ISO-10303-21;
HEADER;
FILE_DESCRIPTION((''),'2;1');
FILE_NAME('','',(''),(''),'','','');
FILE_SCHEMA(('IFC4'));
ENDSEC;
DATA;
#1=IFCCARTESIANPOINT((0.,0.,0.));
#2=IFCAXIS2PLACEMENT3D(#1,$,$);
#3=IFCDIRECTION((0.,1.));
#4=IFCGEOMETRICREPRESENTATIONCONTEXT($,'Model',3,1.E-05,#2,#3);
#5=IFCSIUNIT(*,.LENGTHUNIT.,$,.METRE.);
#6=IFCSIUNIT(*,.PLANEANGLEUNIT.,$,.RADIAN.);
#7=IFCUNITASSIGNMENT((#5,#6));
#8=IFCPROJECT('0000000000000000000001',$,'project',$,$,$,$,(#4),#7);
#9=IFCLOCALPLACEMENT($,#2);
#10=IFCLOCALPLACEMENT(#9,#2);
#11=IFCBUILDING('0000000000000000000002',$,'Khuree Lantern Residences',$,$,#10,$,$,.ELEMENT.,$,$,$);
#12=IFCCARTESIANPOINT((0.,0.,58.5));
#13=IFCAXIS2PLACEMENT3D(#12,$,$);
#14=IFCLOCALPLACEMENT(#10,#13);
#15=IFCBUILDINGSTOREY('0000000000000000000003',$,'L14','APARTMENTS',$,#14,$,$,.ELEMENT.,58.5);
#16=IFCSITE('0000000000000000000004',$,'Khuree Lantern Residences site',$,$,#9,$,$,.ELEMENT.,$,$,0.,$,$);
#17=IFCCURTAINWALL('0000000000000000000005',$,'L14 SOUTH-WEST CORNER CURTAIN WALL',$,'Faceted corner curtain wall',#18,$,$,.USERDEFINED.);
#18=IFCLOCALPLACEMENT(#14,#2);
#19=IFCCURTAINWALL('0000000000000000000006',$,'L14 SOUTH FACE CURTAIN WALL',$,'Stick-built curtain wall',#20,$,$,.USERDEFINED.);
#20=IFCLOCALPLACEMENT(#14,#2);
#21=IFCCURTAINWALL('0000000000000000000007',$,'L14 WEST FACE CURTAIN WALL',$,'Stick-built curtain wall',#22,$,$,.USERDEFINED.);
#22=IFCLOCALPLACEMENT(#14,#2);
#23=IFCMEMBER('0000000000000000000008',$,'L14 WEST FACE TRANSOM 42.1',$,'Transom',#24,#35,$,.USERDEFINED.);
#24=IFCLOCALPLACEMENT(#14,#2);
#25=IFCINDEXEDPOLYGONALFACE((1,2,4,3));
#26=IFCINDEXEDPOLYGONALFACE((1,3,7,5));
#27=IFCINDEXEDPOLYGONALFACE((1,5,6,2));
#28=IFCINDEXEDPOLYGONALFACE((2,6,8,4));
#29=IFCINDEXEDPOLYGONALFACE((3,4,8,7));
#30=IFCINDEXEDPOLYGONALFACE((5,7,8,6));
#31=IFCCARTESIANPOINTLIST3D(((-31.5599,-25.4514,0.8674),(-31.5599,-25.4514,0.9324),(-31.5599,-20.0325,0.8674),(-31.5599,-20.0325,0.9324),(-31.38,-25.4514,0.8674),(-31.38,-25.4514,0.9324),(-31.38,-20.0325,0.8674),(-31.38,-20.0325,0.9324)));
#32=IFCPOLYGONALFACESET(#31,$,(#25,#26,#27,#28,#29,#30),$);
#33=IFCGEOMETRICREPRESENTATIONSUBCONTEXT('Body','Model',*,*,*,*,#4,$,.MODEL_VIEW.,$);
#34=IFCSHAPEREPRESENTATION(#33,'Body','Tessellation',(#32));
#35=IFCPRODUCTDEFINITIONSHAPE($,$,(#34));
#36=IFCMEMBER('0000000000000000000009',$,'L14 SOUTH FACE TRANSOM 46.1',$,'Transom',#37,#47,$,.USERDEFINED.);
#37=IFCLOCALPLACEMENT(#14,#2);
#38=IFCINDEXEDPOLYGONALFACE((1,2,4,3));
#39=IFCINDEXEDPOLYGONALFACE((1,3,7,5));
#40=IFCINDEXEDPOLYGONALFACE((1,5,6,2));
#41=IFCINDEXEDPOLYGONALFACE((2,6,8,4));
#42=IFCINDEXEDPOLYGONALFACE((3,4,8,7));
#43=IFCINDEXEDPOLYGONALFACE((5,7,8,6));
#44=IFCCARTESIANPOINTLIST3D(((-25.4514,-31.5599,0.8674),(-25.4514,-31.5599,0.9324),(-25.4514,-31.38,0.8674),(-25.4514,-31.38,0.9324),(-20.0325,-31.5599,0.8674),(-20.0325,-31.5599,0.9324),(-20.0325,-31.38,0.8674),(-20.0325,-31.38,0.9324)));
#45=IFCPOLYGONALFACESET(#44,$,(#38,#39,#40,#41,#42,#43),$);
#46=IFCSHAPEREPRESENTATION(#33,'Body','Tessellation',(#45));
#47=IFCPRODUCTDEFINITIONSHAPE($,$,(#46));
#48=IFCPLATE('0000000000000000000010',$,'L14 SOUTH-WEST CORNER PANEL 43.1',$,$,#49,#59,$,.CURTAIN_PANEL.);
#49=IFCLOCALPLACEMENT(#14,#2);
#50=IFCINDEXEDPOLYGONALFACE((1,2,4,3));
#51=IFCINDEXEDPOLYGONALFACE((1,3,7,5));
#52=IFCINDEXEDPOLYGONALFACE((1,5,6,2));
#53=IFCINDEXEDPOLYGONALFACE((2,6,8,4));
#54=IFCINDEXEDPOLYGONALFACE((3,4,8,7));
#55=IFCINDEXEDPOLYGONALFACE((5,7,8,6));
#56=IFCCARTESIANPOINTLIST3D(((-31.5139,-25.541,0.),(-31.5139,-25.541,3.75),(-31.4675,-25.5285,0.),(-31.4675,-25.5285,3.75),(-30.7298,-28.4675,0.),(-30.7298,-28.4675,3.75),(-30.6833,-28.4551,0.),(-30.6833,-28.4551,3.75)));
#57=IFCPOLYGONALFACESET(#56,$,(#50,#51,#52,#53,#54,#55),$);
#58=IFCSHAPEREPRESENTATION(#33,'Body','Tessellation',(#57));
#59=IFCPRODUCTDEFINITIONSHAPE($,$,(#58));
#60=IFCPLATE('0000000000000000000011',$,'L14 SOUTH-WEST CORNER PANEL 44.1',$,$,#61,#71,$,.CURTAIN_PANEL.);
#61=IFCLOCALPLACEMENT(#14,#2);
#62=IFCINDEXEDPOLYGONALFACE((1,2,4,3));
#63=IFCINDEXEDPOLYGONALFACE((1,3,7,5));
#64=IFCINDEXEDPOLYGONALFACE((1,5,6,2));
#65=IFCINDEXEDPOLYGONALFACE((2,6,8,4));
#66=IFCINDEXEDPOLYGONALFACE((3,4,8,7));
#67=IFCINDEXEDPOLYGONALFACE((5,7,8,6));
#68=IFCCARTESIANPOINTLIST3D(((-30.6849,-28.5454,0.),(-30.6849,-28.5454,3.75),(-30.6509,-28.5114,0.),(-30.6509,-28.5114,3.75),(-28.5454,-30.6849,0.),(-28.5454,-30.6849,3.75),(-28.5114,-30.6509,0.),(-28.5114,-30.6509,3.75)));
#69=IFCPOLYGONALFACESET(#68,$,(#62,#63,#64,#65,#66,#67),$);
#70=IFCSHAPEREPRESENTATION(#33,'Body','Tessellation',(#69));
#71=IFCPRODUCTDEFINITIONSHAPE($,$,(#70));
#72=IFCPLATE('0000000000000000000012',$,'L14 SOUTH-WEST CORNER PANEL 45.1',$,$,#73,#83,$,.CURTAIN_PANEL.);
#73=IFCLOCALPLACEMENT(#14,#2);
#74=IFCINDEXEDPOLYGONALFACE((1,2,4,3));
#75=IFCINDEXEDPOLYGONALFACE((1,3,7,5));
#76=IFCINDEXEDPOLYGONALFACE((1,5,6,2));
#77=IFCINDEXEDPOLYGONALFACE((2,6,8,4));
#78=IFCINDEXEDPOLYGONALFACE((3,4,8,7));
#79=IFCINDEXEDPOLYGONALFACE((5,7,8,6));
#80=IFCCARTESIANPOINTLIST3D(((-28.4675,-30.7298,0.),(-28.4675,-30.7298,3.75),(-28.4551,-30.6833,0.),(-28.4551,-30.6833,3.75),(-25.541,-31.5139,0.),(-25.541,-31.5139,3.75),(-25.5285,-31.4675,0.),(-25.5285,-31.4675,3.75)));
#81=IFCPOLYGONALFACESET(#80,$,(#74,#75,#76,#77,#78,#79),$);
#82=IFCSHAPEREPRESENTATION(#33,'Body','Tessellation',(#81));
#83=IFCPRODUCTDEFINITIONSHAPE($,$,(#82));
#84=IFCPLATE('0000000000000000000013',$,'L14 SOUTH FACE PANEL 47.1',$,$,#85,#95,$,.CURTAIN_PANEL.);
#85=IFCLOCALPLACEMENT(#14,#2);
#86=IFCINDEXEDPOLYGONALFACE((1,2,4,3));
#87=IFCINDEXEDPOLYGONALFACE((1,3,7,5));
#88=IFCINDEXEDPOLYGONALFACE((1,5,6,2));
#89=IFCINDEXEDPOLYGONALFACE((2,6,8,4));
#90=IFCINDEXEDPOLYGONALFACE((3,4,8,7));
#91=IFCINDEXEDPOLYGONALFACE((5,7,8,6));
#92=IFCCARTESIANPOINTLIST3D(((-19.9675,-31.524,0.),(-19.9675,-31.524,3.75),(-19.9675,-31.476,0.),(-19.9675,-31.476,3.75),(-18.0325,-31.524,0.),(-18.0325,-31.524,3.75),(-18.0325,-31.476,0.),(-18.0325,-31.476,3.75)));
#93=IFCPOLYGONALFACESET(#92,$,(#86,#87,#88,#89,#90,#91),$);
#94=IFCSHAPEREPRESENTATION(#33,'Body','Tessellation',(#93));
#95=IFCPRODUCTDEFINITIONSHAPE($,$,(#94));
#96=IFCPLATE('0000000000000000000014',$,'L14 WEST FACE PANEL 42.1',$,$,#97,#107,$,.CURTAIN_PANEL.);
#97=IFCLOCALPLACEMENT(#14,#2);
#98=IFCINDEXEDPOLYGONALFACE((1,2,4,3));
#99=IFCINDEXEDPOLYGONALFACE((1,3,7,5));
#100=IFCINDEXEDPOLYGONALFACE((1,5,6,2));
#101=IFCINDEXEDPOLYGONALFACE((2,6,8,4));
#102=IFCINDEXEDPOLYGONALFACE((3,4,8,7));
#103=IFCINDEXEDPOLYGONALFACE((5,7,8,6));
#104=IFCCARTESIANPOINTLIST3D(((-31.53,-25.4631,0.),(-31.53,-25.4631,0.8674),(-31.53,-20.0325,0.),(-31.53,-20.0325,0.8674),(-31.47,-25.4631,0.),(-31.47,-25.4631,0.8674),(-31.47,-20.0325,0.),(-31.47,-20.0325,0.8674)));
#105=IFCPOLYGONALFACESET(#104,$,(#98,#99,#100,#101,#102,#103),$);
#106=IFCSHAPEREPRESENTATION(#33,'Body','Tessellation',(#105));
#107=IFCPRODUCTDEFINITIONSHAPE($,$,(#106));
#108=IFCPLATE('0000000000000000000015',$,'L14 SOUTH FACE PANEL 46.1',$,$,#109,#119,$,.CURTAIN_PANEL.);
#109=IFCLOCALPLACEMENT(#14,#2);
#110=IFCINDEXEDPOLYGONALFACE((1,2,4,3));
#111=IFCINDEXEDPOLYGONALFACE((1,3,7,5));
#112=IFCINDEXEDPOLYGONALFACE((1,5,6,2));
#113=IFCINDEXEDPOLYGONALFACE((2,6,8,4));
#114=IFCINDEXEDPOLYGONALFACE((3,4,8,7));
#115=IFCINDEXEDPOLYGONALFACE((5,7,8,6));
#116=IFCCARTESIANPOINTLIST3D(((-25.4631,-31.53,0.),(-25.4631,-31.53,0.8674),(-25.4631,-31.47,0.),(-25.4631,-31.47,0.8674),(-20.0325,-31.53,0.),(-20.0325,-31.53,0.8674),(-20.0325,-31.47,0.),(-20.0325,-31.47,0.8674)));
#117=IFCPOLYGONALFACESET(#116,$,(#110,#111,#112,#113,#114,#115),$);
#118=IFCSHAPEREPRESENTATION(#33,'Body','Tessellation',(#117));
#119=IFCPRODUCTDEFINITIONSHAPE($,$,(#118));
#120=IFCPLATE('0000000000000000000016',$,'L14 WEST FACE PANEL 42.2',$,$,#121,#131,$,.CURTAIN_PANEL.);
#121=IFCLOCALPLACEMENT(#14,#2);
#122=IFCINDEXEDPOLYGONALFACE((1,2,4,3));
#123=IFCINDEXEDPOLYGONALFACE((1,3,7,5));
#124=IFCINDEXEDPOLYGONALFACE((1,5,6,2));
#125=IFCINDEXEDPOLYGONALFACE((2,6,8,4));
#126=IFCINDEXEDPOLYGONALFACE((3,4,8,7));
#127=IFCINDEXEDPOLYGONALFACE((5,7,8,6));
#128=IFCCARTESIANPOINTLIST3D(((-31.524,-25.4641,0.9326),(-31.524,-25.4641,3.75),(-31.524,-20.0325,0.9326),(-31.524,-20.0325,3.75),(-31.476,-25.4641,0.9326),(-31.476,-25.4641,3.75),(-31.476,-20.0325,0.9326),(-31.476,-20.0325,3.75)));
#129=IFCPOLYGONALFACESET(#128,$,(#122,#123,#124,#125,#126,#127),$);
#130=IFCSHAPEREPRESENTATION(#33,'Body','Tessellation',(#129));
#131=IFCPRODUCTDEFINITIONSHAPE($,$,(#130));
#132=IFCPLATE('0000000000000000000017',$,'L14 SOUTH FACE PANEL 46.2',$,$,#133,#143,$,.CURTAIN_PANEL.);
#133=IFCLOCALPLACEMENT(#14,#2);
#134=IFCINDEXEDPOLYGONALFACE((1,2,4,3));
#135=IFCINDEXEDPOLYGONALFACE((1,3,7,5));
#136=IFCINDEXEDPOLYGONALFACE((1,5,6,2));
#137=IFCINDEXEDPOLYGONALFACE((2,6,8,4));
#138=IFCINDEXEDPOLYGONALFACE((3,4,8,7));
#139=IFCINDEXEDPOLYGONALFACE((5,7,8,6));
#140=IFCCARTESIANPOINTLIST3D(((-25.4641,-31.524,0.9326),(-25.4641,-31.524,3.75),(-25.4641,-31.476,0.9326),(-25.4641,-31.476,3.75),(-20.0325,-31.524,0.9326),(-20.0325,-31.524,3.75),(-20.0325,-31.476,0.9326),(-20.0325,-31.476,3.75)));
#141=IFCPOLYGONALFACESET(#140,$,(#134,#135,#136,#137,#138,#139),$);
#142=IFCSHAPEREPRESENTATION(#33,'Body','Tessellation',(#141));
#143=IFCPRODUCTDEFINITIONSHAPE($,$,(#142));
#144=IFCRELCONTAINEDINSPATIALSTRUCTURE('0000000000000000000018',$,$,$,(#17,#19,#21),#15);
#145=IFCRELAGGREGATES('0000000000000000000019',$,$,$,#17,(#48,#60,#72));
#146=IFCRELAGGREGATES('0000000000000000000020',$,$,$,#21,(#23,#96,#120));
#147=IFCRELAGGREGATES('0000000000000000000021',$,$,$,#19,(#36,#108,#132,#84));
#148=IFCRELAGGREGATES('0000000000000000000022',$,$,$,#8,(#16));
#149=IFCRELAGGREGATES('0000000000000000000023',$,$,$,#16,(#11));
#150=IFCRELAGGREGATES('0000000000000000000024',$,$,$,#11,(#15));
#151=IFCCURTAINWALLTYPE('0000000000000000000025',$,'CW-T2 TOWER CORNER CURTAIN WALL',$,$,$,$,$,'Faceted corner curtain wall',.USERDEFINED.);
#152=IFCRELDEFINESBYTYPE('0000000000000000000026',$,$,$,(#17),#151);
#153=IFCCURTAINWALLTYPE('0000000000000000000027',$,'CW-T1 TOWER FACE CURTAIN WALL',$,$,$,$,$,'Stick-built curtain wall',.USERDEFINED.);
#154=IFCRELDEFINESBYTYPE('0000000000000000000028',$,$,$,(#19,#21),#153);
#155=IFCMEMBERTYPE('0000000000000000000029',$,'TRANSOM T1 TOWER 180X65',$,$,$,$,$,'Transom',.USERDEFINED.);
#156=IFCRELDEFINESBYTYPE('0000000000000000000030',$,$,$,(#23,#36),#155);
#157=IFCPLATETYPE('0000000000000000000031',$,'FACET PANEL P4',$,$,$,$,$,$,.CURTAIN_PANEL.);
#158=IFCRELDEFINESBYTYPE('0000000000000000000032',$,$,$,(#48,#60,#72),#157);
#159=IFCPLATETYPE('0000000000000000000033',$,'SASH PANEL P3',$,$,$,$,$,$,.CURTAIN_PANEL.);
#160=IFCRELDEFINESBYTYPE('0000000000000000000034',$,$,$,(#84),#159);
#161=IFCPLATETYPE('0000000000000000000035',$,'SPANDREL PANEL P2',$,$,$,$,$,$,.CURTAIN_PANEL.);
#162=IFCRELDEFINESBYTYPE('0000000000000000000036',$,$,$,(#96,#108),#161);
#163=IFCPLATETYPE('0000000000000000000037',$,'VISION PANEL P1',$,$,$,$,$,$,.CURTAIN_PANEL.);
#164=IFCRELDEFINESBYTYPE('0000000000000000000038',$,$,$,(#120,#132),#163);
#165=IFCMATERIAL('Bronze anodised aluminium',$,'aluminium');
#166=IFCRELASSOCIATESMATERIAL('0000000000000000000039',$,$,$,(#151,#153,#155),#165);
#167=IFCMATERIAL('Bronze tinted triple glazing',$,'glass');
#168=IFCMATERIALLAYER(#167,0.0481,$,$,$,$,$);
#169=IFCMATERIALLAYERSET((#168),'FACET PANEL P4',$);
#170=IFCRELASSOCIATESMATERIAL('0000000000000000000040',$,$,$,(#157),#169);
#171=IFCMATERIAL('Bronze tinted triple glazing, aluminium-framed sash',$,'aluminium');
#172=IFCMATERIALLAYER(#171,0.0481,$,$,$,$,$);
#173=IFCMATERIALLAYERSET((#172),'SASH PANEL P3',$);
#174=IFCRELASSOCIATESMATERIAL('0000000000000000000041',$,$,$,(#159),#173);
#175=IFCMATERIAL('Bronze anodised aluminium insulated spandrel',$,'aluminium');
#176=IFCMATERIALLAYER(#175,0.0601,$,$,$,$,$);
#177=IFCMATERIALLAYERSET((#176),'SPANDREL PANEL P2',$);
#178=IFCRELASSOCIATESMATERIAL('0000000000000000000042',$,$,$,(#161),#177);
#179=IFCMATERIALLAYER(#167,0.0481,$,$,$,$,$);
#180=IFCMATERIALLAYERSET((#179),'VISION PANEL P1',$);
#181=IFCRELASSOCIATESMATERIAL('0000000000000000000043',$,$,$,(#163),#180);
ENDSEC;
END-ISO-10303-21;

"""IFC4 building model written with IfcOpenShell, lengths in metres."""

from ifc_helpers import new_model, si_unit, direction, frame, origin, origin_2d, place, context, subcontext, project, spatial, rectangle, extrude, material, layer, layer_set, material_profile, profile_set, type_object, element, aggregate, save


model = new_model("IFC4")

# Units and contexts
model_context = context("Model", 3, precision=1e-05, world=origin(), true_north=direction((0.0, 1.0)))
body_context = subcontext(model_context, "Body", "Model", "MODEL_VIEW")
ifc_project = project(units=[si_unit("LENGTHUNIT", "METRE"), si_unit("PLANEANGLEUNIT", "RADIAN")], contexts=[model_context])

# Site, building, storey
site_placement = place(None, origin())
site = spatial("IfcSite", under=ifc_project, at=site_placement, Name="Khuree Lantern Residences site", CompositionType="ELEMENT", RefElevation=0.0)
building_placement = place(site_placement, origin())
building = spatial("IfcBuilding", under=site, at=building_placement, Name="Khuree Lantern Residences", CompositionType="ELEMENT")
storey_placement = place(building_placement, frame((0.0, 0.0, 58.5)))
storey = spatial("IfcBuildingStorey", under=building, at=storey_placement, Name="L14", Description="APARTMENTS", CompositionType="ELEMENT", Elevation=58.5)

# Curtain walls
ifc_material_1 = material(Name="Bronze anodised aluminium", Category="aluminium")
curtain_wall_type_1 = type_object("IfcCurtainWallType", Name="CW-T2 TOWER CORNER CURTAIN WALL", ElementType="Faceted corner curtain wall", PredefinedType="USERDEFINED", material=ifc_material_1)
curtain_wall_1_placement = place(storey_placement, origin())
curtain_wall_1 = element("IfcCurtainWall", 1, at=curtain_wall_1_placement, inside=storey, type_object=curtain_wall_type_1, Name="L14 SOUTH-WEST CORNER CURTAIN WALL", ObjectType="Faceted corner curtain wall", PredefinedType="USERDEFINED")
curtain_wall_type_2 = type_object("IfcCurtainWallType", Name="CW-T1 TOWER FACE CURTAIN WALL", ElementType="Stick-built curtain wall", PredefinedType="USERDEFINED", material=ifc_material_1)
curtain_wall_2_placement = place(storey_placement, origin())
curtain_wall_2 = element("IfcCurtainWall", 2, at=curtain_wall_2_placement, inside=storey, type_object=curtain_wall_type_2, Name="L14 SOUTH FACE CURTAIN WALL", ObjectType="Stick-built curtain wall", PredefinedType="USERDEFINED")

# Curtain wall, member
curtain_wall_3_placement = place(storey_placement, origin())
curtain_wall_3 = element("IfcCurtainWall", 3, at=curtain_wall_3_placement, inside=storey, type_object=curtain_wall_type_2, Name="L14 WEST FACE CURTAIN WALL", ObjectType="Stick-built curtain wall", PredefinedType="USERDEFINED")
ifc_material_profile_1 = material_profile(ifc_material_1, rectangle(XDim=0.1799, YDim=0.0649, at=origin_2d()), Name="T1 180X65")
ifc_profile_set_1 = profile_set([ifc_material_profile_1], Name="Bronze anodised aluminium")
member_type_1 = type_object("IfcMemberType", Name="TRANSOM T1 TOWER 180X65", ElementType="Transom", PredefinedType="USERDEFINED", material=ifc_profile_set_1)
member_1_placement = place(storey_placement, frame((-31.47, -20.0325, 0.8999), z_axis=(0.0, -1.0, 0.0), x_axis=(1.0, 0.0, 0.0)))
member_1 = element("IfcMember", 4, at=member_1_placement, type_object=member_type_1, Name="L14 WEST FACE TRANSOM 42.1", ObjectType="Transom", PredefinedType="USERDEFINED", context=body_context, shape_type="SweptSolid", body=[
    extrude(rectangle(XDim=0.1799, YDim=0.0649, at=origin_2d()), origin(), (0.0, 0.0, 1.0), 5.4189),
])

# Member
member_2_placement = place(storey_placement, frame((-25.4514, -31.47, 0.8999), z_axis=(1.0, 0.0, 0.0), x_axis=(0.0, 1.0, 0.0)))
member_2 = element("IfcMember", 5, at=member_2_placement, type_object=member_type_1, Name="L14 SOUTH FACE TRANSOM 46.1", ObjectType="Transom", PredefinedType="USERDEFINED", context=body_context, shape_type="SweptSolid", body=[
    extrude(rectangle(XDim=0.1799, YDim=0.0649, at=origin_2d()), origin(), (0.0, 0.0, 1.0), 5.4189),
])

# Plates
ifc_material_2 = material(Name="Bronze tinted triple glazing", Category="glass")
ifc_layer_1 = layer(ifc_material_2, 0.0481)
ifc_layer_set_1 = layer_set([ifc_layer_1], Name="FACET PANEL P4")
plate_type_1 = type_object("IfcPlateType", Name="FACET PANEL P4", PredefinedType="CURTAIN_PANEL", material=ifc_layer_set_1)
plate_1_placement = place(storey_placement, frame((-31.0986, -26.998, 0.0), z_axis=(0.0, 0.0, 1.0), x_axis=(0.258819, -0.965926, 0.0)))
plate_1 = element("IfcPlate", 6, at=plate_1_placement, type_object=plate_type_1, Name="L14 SOUTH-WEST CORNER PANEL 43.1", PredefinedType="CURTAIN_PANEL", context=body_context, shape_type="SweptSolid", body=[
    extrude(rectangle(XDim=3.0298, YDim=0.0481, at=origin_2d()), origin(), (0.0, 0.0, 1.0), 3.75),
])
plate_2_placement = place(storey_placement, frame((-29.5981, -29.5981, 0.0), z_axis=(0.0, 0.0, 1.0), x_axis=(0.707107, -0.707107, 0.0)))
plate_2 = element("IfcPlate", 7, at=plate_2_placement, type_object=plate_type_1, Name="L14 SOUTH-WEST CORNER PANEL 44.1", PredefinedType="CURTAIN_PANEL", context=body_context, shape_type="SweptSolid", body=[
    extrude(rectangle(XDim=3.0256, YDim=0.0481, at=origin_2d()), origin(), (0.0, 0.0, 1.0), 3.75),
])
plate_3_placement = place(storey_placement, frame((-26.998, -31.0986, 0.0), z_axis=(0.0, 0.0, 1.0), x_axis=(0.965926, -0.258819, 0.0)))
plate_3 = element("IfcPlate", 8, at=plate_3_placement, type_object=plate_type_1, Name="L14 SOUTH-WEST CORNER PANEL 45.1", PredefinedType="CURTAIN_PANEL", context=body_context, shape_type="SweptSolid", body=[
    extrude(rectangle(XDim=3.0298, YDim=0.0481, at=origin_2d()), origin(), (0.0, 0.0, 1.0), 3.75),
])
aggregate(curtain_wall_1, [plate_1, plate_2, plate_3])
ifc_material_3 = material(Name="Bronze tinted triple glazing, aluminium-framed sash", Category="aluminium")
ifc_layer_2 = layer(ifc_material_3, 0.0481)
ifc_layer_set_2 = layer_set([ifc_layer_2], Name="SASH PANEL P3")
plate_type_2 = type_object("IfcPlateType", Name="SASH PANEL P3", PredefinedType="CURTAIN_PANEL", material=ifc_layer_set_2)
plate_4_placement = place(storey_placement, frame((-19.0, -31.5, 0.0), z_axis=(0.0, 0.0, 1.0), x_axis=(1.0, 0.0, 0.0)))
plate_4 = element("IfcPlate", 9, at=plate_4_placement, type_object=plate_type_2, Name="L14 SOUTH FACE PANEL 47.1", PredefinedType="CURTAIN_PANEL", context=body_context, shape_type="SweptSolid", body=[
    extrude(rectangle(XDim=1.9351, YDim=0.0481, at=origin_2d()), origin(), (0.0, 0.0, 1.0), 3.75),
])
ifc_material_4 = material(Name="Bronze anodised aluminium insulated spandrel", Category="aluminium")
ifc_layer_3 = layer(ifc_material_4, 0.0601)
ifc_layer_set_3 = layer_set([ifc_layer_3], Name="SPANDREL PANEL P2")
plate_type_3 = type_object("IfcPlateType", Name="SPANDREL PANEL P2", PredefinedType="CURTAIN_PANEL", material=ifc_layer_set_3)
plate_5_placement = place(storey_placement, frame((-31.5, -22.7478, 0.0), z_axis=(0.0, 0.0, 1.0), x_axis=(0.0, -1.0, 0.0)))
plate_5 = element("IfcPlate", 10, at=plate_5_placement, type_object=plate_type_3, Name="L14 WEST FACE PANEL 42.1", PredefinedType="CURTAIN_PANEL", context=body_context, shape_type="SweptSolid", body=[
    extrude(rectangle(XDim=5.4307, YDim=0.0601, at=origin_2d()), origin(), (0.0, 0.0, 1.0), 0.8674),
])
plate_6_placement = place(storey_placement, frame((-22.7478, -31.5, 0.0), z_axis=(0.0, 0.0, 1.0), x_axis=(1.0, 0.0, 0.0)))
plate_6 = element("IfcPlate", 11, at=plate_6_placement, type_object=plate_type_3, Name="L14 SOUTH FACE PANEL 46.1", PredefinedType="CURTAIN_PANEL", context=body_context, shape_type="SweptSolid", body=[
    extrude(rectangle(XDim=5.4307, YDim=0.0601, at=origin_2d()), origin(), (0.0, 0.0, 1.0), 0.8674),
])
ifc_layer_4 = layer(ifc_material_2, 0.0481)
ifc_layer_set_4 = layer_set([ifc_layer_4], Name="VISION PANEL P1")
plate_type_4 = type_object("IfcPlateType", Name="VISION PANEL P1", PredefinedType="CURTAIN_PANEL", material=ifc_layer_set_4)
plate_7_placement = place(storey_placement, frame((-31.5, -22.7483, 0.9326), z_axis=(0.0, 0.0, 1.0), x_axis=(0.0, -1.0, 0.0)))
plate_7 = element("IfcPlate", 12, at=plate_7_placement, type_object=plate_type_4, Name="L14 WEST FACE PANEL 42.2", PredefinedType="CURTAIN_PANEL", context=body_context, shape_type="SweptSolid", body=[
    extrude(rectangle(XDim=5.4316, YDim=0.0481, at=origin_2d()), origin(), (0.0, 0.0, 1.0), 2.8174),
])
aggregate(curtain_wall_3, [member_1, plate_5, plate_7])
plate_8_placement = place(storey_placement, frame((-22.7483, -31.5, 0.9326), z_axis=(0.0, 0.0, 1.0), x_axis=(1.0, 0.0, 0.0)))
plate_8 = element("IfcPlate", 13, at=plate_8_placement, type_object=plate_type_4, Name="L14 SOUTH FACE PANEL 46.2", PredefinedType="CURTAIN_PANEL", context=body_context, shape_type="SweptSolid", body=[
    extrude(rectangle(XDim=5.4316, YDim=0.0481, at=origin_2d()), origin(), (0.0, 0.0, 1.0), 2.8174),
])
aggregate(curtain_wall_2, [member_2, plate_6, plate_8, plate_4])

save(model, "model.ifc")
